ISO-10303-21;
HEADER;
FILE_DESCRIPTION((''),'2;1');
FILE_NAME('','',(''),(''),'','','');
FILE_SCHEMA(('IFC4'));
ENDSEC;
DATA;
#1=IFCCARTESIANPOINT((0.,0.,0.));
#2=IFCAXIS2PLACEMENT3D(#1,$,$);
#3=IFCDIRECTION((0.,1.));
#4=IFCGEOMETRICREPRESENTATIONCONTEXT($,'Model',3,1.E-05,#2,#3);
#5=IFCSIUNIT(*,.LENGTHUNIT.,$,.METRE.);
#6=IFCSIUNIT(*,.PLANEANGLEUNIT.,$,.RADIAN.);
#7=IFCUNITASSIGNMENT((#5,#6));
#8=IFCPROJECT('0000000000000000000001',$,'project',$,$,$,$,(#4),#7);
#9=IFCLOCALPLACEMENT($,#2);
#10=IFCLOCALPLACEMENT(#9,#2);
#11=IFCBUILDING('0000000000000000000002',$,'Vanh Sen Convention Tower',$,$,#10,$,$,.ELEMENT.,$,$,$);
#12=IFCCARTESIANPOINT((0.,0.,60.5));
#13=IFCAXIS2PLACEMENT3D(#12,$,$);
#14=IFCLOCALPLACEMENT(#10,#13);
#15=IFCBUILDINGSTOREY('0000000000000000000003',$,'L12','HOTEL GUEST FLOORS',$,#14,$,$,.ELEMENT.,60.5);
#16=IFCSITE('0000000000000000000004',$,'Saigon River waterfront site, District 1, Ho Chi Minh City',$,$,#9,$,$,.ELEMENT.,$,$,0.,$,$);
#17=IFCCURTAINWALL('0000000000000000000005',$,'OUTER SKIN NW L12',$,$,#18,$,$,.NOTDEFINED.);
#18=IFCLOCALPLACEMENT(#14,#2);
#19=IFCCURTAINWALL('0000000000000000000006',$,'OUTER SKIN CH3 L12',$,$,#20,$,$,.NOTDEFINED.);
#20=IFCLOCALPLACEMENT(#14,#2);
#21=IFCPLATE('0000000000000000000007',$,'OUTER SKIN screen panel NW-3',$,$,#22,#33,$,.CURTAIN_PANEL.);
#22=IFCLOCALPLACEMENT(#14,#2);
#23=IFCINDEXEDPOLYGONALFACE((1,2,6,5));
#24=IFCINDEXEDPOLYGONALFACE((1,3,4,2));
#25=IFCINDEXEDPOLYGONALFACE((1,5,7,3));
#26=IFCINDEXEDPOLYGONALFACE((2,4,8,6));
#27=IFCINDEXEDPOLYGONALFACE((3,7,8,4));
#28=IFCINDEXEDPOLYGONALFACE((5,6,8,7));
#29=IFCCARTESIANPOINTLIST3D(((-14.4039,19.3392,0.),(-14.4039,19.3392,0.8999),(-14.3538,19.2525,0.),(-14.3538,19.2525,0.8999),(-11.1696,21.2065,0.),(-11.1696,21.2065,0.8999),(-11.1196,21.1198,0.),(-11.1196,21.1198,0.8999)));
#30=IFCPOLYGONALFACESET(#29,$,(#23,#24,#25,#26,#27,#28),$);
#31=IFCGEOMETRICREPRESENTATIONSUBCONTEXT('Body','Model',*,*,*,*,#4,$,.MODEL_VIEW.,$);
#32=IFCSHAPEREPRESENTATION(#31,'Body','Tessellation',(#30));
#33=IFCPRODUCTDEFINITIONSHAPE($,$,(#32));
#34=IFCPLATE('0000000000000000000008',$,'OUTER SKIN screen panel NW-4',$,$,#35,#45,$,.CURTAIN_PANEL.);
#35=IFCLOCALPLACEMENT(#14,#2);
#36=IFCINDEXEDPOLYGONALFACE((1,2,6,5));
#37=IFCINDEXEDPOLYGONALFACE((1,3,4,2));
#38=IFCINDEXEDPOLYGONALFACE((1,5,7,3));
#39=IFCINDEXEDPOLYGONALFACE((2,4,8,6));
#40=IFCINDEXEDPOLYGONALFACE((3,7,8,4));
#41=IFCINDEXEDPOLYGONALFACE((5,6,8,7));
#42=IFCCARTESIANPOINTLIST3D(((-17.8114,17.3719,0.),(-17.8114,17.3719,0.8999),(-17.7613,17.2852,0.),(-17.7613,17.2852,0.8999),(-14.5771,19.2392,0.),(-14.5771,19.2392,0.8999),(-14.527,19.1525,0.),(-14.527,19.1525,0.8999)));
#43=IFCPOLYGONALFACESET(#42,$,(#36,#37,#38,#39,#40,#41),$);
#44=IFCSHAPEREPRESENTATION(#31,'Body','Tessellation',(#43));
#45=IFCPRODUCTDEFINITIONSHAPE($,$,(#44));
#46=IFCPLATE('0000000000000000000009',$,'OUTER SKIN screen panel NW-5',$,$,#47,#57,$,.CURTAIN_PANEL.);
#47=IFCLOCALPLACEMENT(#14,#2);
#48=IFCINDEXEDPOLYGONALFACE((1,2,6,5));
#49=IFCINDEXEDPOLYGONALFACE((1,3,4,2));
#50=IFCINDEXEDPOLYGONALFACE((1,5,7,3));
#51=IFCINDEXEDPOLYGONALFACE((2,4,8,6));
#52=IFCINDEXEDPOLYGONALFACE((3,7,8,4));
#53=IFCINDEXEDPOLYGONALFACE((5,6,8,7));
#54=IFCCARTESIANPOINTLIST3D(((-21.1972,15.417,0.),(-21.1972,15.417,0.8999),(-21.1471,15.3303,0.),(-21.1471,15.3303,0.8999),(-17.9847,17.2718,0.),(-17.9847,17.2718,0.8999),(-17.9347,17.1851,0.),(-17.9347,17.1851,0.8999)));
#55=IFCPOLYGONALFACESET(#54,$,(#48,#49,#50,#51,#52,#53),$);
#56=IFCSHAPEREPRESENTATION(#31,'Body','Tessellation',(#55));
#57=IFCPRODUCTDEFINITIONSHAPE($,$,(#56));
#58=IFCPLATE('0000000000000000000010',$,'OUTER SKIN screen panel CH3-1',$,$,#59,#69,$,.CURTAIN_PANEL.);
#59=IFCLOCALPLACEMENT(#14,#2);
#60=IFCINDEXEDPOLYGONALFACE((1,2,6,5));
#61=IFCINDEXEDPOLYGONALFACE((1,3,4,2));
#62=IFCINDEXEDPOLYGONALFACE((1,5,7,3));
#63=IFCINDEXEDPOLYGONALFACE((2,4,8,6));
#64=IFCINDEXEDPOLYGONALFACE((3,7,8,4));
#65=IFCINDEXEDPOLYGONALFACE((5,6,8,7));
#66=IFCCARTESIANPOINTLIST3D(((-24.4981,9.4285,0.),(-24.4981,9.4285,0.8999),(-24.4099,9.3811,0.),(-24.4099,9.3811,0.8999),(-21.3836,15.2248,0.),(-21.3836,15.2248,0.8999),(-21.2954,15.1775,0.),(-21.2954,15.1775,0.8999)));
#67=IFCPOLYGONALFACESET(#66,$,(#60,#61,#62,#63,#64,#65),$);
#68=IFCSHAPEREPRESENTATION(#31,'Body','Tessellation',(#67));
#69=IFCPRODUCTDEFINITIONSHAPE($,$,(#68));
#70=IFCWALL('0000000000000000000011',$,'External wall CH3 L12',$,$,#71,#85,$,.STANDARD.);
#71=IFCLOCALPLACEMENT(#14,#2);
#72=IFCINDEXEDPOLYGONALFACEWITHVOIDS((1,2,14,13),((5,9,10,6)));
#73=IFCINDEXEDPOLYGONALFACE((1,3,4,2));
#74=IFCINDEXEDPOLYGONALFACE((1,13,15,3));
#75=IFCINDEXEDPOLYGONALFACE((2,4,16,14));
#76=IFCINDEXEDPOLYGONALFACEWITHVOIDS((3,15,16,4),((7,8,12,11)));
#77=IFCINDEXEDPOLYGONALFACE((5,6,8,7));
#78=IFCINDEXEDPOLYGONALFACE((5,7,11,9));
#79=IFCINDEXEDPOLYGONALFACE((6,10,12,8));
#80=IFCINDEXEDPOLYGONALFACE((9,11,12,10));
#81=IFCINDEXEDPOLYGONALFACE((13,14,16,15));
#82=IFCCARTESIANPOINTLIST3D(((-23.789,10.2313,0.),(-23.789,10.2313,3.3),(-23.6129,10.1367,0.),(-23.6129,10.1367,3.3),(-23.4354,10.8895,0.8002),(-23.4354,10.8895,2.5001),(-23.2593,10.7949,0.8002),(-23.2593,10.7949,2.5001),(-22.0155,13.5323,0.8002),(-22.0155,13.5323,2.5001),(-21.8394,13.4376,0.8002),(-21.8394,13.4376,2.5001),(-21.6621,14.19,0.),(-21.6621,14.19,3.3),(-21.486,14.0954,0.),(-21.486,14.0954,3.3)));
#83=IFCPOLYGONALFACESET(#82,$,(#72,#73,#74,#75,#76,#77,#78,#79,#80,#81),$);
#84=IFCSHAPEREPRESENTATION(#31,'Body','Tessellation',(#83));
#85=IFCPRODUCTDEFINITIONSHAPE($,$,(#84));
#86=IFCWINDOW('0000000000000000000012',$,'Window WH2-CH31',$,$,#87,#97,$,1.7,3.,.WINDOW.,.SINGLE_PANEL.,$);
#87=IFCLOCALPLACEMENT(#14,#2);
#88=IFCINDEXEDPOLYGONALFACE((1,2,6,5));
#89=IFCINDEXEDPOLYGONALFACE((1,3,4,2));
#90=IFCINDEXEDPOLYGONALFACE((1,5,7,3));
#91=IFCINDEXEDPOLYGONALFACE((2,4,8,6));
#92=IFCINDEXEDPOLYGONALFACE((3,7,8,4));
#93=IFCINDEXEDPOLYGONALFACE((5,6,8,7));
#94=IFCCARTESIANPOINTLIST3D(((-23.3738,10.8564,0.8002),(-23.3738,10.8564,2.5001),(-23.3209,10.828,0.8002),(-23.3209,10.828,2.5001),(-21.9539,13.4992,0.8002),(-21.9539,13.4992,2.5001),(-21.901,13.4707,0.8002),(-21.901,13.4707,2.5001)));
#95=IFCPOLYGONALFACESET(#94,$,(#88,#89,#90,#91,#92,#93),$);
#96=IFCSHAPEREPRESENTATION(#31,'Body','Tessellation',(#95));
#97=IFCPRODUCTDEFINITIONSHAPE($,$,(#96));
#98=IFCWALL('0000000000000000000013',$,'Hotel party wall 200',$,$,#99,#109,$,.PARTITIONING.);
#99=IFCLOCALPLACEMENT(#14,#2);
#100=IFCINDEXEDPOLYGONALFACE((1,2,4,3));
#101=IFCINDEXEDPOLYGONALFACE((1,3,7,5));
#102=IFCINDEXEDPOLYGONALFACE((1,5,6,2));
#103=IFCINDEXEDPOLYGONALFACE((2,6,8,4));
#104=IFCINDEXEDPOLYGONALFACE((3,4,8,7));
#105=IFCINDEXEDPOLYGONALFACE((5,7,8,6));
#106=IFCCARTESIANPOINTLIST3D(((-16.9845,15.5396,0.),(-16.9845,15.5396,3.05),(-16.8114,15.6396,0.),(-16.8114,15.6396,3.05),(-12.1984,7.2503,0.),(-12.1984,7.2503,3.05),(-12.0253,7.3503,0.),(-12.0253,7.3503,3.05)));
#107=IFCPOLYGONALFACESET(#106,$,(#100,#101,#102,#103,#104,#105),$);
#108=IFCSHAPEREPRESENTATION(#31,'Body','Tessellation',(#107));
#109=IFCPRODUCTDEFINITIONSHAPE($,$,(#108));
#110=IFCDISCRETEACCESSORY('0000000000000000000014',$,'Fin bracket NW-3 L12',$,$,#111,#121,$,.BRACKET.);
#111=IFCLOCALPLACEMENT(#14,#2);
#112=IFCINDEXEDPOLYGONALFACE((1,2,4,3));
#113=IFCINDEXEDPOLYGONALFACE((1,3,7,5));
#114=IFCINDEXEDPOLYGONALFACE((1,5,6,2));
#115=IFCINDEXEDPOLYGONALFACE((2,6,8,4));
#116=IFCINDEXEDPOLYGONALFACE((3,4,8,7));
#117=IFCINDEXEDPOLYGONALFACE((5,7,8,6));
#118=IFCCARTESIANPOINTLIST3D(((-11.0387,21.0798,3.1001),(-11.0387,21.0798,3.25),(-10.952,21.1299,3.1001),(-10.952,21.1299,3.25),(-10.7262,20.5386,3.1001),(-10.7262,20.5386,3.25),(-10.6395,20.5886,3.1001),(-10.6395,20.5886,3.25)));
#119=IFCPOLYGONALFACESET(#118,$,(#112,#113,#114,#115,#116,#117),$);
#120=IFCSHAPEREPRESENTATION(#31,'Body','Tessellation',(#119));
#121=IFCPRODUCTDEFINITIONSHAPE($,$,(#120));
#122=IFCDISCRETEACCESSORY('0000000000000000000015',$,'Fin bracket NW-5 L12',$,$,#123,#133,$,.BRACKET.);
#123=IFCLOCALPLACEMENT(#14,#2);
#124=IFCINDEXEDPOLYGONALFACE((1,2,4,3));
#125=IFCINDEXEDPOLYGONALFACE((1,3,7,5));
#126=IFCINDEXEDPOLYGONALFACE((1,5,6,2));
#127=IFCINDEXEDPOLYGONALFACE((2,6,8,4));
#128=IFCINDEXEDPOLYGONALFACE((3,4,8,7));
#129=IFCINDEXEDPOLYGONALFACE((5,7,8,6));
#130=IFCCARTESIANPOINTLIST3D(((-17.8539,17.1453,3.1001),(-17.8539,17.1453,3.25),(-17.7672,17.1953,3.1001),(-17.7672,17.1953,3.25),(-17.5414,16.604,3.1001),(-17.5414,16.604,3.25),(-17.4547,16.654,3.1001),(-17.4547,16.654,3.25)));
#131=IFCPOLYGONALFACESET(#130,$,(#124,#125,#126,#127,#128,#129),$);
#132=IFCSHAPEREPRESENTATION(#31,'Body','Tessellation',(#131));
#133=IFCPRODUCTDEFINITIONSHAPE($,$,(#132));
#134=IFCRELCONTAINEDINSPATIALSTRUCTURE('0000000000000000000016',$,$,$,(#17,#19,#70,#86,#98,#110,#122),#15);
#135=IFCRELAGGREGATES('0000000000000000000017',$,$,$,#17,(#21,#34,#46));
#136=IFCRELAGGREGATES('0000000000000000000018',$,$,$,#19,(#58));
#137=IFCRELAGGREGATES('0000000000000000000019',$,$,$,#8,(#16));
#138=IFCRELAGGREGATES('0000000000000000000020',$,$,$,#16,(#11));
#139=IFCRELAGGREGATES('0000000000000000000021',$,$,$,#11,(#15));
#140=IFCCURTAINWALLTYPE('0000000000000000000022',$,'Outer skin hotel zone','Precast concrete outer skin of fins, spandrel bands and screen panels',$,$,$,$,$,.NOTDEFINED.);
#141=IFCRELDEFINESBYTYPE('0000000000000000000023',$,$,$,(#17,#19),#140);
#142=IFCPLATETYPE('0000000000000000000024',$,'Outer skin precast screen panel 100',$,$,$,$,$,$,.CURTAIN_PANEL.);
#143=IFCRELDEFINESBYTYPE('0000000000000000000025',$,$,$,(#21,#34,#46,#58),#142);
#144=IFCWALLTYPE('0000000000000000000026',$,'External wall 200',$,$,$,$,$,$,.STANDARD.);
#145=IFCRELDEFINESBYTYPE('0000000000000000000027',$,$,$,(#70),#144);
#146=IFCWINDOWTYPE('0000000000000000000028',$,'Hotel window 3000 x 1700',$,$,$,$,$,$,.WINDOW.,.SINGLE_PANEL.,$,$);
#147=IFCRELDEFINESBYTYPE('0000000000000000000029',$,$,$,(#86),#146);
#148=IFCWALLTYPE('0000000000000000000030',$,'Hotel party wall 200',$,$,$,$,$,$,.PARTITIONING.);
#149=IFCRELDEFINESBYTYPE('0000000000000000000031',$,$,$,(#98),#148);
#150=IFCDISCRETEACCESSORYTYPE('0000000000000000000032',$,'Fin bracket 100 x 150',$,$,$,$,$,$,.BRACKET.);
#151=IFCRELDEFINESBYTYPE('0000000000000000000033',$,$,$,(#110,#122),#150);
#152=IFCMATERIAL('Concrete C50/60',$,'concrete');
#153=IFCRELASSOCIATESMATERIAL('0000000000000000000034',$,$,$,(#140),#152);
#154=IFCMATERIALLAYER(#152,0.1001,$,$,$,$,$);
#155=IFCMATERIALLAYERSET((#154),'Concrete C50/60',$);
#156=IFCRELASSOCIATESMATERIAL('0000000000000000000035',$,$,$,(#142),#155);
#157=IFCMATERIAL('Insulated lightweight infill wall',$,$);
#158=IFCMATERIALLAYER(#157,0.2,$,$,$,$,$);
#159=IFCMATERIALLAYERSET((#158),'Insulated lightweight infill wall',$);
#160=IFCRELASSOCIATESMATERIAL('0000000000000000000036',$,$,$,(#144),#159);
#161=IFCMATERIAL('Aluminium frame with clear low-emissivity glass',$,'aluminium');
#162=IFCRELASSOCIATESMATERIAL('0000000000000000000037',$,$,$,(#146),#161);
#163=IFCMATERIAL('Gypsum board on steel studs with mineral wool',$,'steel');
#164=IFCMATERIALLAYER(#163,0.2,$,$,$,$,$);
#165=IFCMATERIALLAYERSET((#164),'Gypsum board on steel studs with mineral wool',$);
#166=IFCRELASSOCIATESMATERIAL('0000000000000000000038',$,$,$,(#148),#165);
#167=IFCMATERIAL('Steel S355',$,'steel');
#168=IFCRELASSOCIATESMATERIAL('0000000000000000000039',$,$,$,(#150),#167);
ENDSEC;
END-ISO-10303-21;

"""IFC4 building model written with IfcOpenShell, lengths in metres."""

from ifc_helpers import new_model, si_unit, direction, frame, frame_2d, origin, origin_2d, place, context, subcontext, project, spatial, rectangle, extrude, material, layer, layer_set, type_object, element, fill, aggregate, save


model = new_model("IFC4")

# Units and contexts
model_context = context("Model", 3, precision=1e-05, world=origin(), true_north=direction((0.0, 1.0)))
body_context = subcontext(model_context, "Body", "Model", "MODEL_VIEW")
ifc_project = project(units=[si_unit("LENGTHUNIT", "METRE"), si_unit("PLANEANGLEUNIT", "RADIAN")], contexts=[model_context])

# Site, building, storey
site_placement = place(None, origin())
site = spatial("IfcSite", under=ifc_project, at=site_placement, Name="Saigon River waterfront site, District 1, Ho Chi Minh City", CompositionType="ELEMENT", RefElevation=0.0)
building_placement = place(site_placement, origin())
building = spatial("IfcBuilding", under=site, at=building_placement, Name="Vanh Sen Convention Tower", CompositionType="ELEMENT")
storey_placement = place(building_placement, frame((0.0, 0.0, 60.5)))
storey = spatial("IfcBuildingStorey", under=building, at=storey_placement, Name="L12", Description="HOTEL GUEST FLOORS", CompositionType="ELEMENT", Elevation=60.5)

# Curtain wall
ifc_material_1 = material(Name="Concrete C50/60", Category="concrete")
curtain_wall_type = type_object("IfcCurtainWallType", Name="Outer skin hotel zone", Description="Precast concrete outer skin of fins, spandrel bands and screen panels", PredefinedType="NOTDEFINED", material=ifc_material_1)
curtain_wall_1_placement = place(storey_placement, origin())
curtain_wall_1 = element("IfcCurtainWall", 1, at=curtain_wall_1_placement, inside=storey, type_object=curtain_wall_type, Name="OUTER SKIN NW L12", PredefinedType="NOTDEFINED")

# Curtain wall
curtain_wall_2_placement = place(storey_placement, origin())
curtain_wall_2 = element("IfcCurtainWall", 2, at=curtain_wall_2_placement, inside=storey, type_object=curtain_wall_type, Name="OUTER SKIN CH3 L12", PredefinedType="NOTDEFINED")

# Plates
ifc_layer_1 = layer(ifc_material_1, 0.1001)
ifc_layer_set_1 = layer_set([ifc_layer_1], Name="Concrete C50/60")
plate_type = type_object("IfcPlateType", Name="Outer skin precast screen panel 100", PredefinedType="CURTAIN_PANEL", material=ifc_layer_set_1)
plate_1_placement = place(storey_placement, frame((-12.7617, 20.2295, 0.0), z_axis=(0.0, 0.0, 1.0), x_axis=(-0.866028, -0.499995, 0.0)))
plate_1 = element("IfcPlate", 3, at=plate_1_placement, type_object=plate_type, Name="OUTER SKIN screen panel NW-3", PredefinedType="CURTAIN_PANEL", context=body_context, shape_type="SweptSolid", body=[
    extrude(rectangle(XDim=3.7346, YDim=0.1001, at=origin_2d()), origin(), (0.0, 0.0, 1.0), 0.8999),
])
plate_2_placement = place(storey_placement, frame((-16.1692, 18.2622, 0.0), z_axis=(0.0, 0.0, 1.0), x_axis=(-0.866028, -0.499995, 0.0)))
plate_2 = element("IfcPlate", 4, at=plate_2_placement, type_object=plate_type, Name="OUTER SKIN screen panel NW-4", PredefinedType="CURTAIN_PANEL", context=body_context, shape_type="SweptSolid", body=[
    extrude(rectangle(XDim=3.7346, YDim=0.1001, at=origin_2d()), origin(), (0.0, 0.0, 1.0), 0.8999),
])
plate_3_placement = place(storey_placement, frame((-19.5659, 16.301, 0.0), z_axis=(0.0, 0.0, 1.0), x_axis=(-0.866021, -0.500008, 0.0)))
plate_3 = element("IfcPlate", 5, at=plate_3_placement, type_object=plate_type, Name="OUTER SKIN screen panel NW-5", PredefinedType="CURTAIN_PANEL", context=body_context, shape_type="SweptSolid", body=[
    extrude(rectangle(XDim=3.7095, YDim=0.1001, at=origin_2d()), origin(), (0.0, 0.0, 1.0), 0.8999),
])
aggregate(curtain_wall_1, [plate_1, plate_2, plate_3])
plate_4_placement = place(storey_placement, frame((-22.8967, 12.303, 0.0), z_axis=(0.0, 0.0, 1.0), x_axis=(-0.473318, -0.880892, 0.0)))
plate_4 = element("IfcPlate", 6, at=plate_4_placement, type_object=plate_type, Name="OUTER SKIN screen panel CH3-1", PredefinedType="CURTAIN_PANEL", context=body_context, shape_type="SweptSolid", body=[
    extrude(rectangle(XDim=6.5801, YDim=0.1001, at=origin_2d()), origin(), (0.0, 0.0, 1.0), 0.8999),
])
aggregate(curtain_wall_2, [plate_4])

# Wall, opening, window
ifc_material_2 = material(Name="Insulated lightweight infill wall")
ifc_layer_2 = layer(ifc_material_2, 0.2)
ifc_layer_set_2 = layer_set([ifc_layer_2], Name="Insulated lightweight infill wall")
wall_type_1 = type_object("IfcWallType", Name="External wall 200", PredefinedType="STANDARD", material=ifc_layer_set_2)
wall_1_placement = place(storey_placement, frame((-21.574, 14.1428, 0.0), z_axis=(0.0, 0.0, 1.0), x_axis=(-0.473293, -0.880905, 0.0)))
wall_1 = element("IfcWall", 7, at=wall_1_placement, inside=storey, type_object=wall_type_1, Name="External wall CH3 L12", PredefinedType="STANDARD", context=body_context, shape_type="SweptSolid", body=[
    extrude(rectangle(XDim=4.4939, YDim=0.2, at=frame_2d((2.2471, 0.0))), origin(), (0.0, 0.0, 1.0), 3.3),
])
opening_placement = place(wall_1_placement, frame((0.7468, 0.0, 0.8)))
opening = element("IfcOpeningElement", 8, at=opening_placement, cuts=wall_1, PredefinedType="OPENING", context=body_context, shape_type="SweptSolid", body=[
    extrude(rectangle(XDim=3.0, YDim=1.7, at=frame_2d((1.5, 0.8501))), frame((0.0, 0.1099, 0.0), z_axis=(0.0, -1.0, 0.0), x_axis=(1.0, 0.0, 0.0)), (0.0, 0.0, 1.0), 0.22),
])
ifc_material_3 = material(Name="Aluminium frame with clear low-emissivity glass", Category="aluminium")
window_type = type_object("IfcWindowType", Name="Hotel window 3000 x 1700", PartitioningType="SINGLE_PANEL", PredefinedType="WINDOW", material=ifc_material_3)
window_placement = place(opening_placement, origin())
window = element("IfcWindow", 9, at=window_placement, inside=storey, type_object=window_type, Name="Window WH2-CH31", OverallHeight=1.7, OverallWidth=3.0, PartitioningType="SINGLE_PANEL", PredefinedType="WINDOW", context=body_context, shape_type="SweptSolid", body=[
    extrude(rectangle(XDim=3.0, YDim=1.7, at=frame_2d((1.5, 0.8501))), frame((0.0, 0.03, 0.0), z_axis=(0.0, -1.0, 0.0), x_axis=(1.0, 0.0, 0.0)), (0.0, 0.0, 1.0), 0.0601),
])
fill(opening, window)

# Wall
ifc_material_4 = material(Name="Gypsum board on steel studs with mineral wool", Category="steel")
ifc_layer_3 = layer(ifc_material_4, 0.2)
ifc_layer_set_3 = layer_set([ifc_layer_3], Name="Gypsum board on steel studs with mineral wool")
wall_type_2 = type_object("IfcWallType", Name="Hotel party wall 200", PredefinedType="PARTITIONING", material=ifc_layer_set_3)
wall_2_placement = place(storey_placement, frame((-16.8979, 15.5896, 0.0), z_axis=(0.0, 0.0, 1.0), x_axis=(0.500023, -0.866012, 0.0)))
element("IfcWall", 10, at=wall_2_placement, inside=storey, type_object=wall_type_2, Name="Hotel party wall 200", PredefinedType="PARTITIONING", context=body_context, shape_type="SweptSolid", body=[
    extrude(rectangle(XDim=9.5718, YDim=0.2, at=frame_2d((4.7859, 0.0))), origin(), (0.0, 0.0, 1.0), 3.05),
])

# Discrete accessories
ifc_material_5 = material(Name="Steel S355", Category="steel")
discrete_accessory_type = type_object("IfcDiscreteAccessoryType", Name="Fin bracket 100 x 150", PredefinedType="BRACKET", material=ifc_material_5)
for number, where, z_axis, x_axis, name in (
    (11, (-10.8391, 20.8342, 3.1001), (0.0, 0.0, 1.0), (-0.5, 0.866025, 0.0), "Fin bracket NW-3 L12"),
    (12, (-17.6543, 16.8997, 3.1001), (0.0, 0.0, 1.0), (-0.5, 0.866025, 0.0), "Fin bracket NW-5 L12"),
):
    element("IfcDiscreteAccessory", number, at=place(storey_placement, frame(where, z_axis=z_axis, x_axis=x_axis)), inside=storey, type_object=discrete_accessory_type, Name=name, PredefinedType="BRACKET", context=body_context, shape_type="SweptSolid", body=[
        extrude(rectangle(XDim=0.625, YDim=0.1001, at=origin_2d()), origin(), (0.0, 0.0, 1.0), 0.1499),
    ])

save(model, "model.ifc")
